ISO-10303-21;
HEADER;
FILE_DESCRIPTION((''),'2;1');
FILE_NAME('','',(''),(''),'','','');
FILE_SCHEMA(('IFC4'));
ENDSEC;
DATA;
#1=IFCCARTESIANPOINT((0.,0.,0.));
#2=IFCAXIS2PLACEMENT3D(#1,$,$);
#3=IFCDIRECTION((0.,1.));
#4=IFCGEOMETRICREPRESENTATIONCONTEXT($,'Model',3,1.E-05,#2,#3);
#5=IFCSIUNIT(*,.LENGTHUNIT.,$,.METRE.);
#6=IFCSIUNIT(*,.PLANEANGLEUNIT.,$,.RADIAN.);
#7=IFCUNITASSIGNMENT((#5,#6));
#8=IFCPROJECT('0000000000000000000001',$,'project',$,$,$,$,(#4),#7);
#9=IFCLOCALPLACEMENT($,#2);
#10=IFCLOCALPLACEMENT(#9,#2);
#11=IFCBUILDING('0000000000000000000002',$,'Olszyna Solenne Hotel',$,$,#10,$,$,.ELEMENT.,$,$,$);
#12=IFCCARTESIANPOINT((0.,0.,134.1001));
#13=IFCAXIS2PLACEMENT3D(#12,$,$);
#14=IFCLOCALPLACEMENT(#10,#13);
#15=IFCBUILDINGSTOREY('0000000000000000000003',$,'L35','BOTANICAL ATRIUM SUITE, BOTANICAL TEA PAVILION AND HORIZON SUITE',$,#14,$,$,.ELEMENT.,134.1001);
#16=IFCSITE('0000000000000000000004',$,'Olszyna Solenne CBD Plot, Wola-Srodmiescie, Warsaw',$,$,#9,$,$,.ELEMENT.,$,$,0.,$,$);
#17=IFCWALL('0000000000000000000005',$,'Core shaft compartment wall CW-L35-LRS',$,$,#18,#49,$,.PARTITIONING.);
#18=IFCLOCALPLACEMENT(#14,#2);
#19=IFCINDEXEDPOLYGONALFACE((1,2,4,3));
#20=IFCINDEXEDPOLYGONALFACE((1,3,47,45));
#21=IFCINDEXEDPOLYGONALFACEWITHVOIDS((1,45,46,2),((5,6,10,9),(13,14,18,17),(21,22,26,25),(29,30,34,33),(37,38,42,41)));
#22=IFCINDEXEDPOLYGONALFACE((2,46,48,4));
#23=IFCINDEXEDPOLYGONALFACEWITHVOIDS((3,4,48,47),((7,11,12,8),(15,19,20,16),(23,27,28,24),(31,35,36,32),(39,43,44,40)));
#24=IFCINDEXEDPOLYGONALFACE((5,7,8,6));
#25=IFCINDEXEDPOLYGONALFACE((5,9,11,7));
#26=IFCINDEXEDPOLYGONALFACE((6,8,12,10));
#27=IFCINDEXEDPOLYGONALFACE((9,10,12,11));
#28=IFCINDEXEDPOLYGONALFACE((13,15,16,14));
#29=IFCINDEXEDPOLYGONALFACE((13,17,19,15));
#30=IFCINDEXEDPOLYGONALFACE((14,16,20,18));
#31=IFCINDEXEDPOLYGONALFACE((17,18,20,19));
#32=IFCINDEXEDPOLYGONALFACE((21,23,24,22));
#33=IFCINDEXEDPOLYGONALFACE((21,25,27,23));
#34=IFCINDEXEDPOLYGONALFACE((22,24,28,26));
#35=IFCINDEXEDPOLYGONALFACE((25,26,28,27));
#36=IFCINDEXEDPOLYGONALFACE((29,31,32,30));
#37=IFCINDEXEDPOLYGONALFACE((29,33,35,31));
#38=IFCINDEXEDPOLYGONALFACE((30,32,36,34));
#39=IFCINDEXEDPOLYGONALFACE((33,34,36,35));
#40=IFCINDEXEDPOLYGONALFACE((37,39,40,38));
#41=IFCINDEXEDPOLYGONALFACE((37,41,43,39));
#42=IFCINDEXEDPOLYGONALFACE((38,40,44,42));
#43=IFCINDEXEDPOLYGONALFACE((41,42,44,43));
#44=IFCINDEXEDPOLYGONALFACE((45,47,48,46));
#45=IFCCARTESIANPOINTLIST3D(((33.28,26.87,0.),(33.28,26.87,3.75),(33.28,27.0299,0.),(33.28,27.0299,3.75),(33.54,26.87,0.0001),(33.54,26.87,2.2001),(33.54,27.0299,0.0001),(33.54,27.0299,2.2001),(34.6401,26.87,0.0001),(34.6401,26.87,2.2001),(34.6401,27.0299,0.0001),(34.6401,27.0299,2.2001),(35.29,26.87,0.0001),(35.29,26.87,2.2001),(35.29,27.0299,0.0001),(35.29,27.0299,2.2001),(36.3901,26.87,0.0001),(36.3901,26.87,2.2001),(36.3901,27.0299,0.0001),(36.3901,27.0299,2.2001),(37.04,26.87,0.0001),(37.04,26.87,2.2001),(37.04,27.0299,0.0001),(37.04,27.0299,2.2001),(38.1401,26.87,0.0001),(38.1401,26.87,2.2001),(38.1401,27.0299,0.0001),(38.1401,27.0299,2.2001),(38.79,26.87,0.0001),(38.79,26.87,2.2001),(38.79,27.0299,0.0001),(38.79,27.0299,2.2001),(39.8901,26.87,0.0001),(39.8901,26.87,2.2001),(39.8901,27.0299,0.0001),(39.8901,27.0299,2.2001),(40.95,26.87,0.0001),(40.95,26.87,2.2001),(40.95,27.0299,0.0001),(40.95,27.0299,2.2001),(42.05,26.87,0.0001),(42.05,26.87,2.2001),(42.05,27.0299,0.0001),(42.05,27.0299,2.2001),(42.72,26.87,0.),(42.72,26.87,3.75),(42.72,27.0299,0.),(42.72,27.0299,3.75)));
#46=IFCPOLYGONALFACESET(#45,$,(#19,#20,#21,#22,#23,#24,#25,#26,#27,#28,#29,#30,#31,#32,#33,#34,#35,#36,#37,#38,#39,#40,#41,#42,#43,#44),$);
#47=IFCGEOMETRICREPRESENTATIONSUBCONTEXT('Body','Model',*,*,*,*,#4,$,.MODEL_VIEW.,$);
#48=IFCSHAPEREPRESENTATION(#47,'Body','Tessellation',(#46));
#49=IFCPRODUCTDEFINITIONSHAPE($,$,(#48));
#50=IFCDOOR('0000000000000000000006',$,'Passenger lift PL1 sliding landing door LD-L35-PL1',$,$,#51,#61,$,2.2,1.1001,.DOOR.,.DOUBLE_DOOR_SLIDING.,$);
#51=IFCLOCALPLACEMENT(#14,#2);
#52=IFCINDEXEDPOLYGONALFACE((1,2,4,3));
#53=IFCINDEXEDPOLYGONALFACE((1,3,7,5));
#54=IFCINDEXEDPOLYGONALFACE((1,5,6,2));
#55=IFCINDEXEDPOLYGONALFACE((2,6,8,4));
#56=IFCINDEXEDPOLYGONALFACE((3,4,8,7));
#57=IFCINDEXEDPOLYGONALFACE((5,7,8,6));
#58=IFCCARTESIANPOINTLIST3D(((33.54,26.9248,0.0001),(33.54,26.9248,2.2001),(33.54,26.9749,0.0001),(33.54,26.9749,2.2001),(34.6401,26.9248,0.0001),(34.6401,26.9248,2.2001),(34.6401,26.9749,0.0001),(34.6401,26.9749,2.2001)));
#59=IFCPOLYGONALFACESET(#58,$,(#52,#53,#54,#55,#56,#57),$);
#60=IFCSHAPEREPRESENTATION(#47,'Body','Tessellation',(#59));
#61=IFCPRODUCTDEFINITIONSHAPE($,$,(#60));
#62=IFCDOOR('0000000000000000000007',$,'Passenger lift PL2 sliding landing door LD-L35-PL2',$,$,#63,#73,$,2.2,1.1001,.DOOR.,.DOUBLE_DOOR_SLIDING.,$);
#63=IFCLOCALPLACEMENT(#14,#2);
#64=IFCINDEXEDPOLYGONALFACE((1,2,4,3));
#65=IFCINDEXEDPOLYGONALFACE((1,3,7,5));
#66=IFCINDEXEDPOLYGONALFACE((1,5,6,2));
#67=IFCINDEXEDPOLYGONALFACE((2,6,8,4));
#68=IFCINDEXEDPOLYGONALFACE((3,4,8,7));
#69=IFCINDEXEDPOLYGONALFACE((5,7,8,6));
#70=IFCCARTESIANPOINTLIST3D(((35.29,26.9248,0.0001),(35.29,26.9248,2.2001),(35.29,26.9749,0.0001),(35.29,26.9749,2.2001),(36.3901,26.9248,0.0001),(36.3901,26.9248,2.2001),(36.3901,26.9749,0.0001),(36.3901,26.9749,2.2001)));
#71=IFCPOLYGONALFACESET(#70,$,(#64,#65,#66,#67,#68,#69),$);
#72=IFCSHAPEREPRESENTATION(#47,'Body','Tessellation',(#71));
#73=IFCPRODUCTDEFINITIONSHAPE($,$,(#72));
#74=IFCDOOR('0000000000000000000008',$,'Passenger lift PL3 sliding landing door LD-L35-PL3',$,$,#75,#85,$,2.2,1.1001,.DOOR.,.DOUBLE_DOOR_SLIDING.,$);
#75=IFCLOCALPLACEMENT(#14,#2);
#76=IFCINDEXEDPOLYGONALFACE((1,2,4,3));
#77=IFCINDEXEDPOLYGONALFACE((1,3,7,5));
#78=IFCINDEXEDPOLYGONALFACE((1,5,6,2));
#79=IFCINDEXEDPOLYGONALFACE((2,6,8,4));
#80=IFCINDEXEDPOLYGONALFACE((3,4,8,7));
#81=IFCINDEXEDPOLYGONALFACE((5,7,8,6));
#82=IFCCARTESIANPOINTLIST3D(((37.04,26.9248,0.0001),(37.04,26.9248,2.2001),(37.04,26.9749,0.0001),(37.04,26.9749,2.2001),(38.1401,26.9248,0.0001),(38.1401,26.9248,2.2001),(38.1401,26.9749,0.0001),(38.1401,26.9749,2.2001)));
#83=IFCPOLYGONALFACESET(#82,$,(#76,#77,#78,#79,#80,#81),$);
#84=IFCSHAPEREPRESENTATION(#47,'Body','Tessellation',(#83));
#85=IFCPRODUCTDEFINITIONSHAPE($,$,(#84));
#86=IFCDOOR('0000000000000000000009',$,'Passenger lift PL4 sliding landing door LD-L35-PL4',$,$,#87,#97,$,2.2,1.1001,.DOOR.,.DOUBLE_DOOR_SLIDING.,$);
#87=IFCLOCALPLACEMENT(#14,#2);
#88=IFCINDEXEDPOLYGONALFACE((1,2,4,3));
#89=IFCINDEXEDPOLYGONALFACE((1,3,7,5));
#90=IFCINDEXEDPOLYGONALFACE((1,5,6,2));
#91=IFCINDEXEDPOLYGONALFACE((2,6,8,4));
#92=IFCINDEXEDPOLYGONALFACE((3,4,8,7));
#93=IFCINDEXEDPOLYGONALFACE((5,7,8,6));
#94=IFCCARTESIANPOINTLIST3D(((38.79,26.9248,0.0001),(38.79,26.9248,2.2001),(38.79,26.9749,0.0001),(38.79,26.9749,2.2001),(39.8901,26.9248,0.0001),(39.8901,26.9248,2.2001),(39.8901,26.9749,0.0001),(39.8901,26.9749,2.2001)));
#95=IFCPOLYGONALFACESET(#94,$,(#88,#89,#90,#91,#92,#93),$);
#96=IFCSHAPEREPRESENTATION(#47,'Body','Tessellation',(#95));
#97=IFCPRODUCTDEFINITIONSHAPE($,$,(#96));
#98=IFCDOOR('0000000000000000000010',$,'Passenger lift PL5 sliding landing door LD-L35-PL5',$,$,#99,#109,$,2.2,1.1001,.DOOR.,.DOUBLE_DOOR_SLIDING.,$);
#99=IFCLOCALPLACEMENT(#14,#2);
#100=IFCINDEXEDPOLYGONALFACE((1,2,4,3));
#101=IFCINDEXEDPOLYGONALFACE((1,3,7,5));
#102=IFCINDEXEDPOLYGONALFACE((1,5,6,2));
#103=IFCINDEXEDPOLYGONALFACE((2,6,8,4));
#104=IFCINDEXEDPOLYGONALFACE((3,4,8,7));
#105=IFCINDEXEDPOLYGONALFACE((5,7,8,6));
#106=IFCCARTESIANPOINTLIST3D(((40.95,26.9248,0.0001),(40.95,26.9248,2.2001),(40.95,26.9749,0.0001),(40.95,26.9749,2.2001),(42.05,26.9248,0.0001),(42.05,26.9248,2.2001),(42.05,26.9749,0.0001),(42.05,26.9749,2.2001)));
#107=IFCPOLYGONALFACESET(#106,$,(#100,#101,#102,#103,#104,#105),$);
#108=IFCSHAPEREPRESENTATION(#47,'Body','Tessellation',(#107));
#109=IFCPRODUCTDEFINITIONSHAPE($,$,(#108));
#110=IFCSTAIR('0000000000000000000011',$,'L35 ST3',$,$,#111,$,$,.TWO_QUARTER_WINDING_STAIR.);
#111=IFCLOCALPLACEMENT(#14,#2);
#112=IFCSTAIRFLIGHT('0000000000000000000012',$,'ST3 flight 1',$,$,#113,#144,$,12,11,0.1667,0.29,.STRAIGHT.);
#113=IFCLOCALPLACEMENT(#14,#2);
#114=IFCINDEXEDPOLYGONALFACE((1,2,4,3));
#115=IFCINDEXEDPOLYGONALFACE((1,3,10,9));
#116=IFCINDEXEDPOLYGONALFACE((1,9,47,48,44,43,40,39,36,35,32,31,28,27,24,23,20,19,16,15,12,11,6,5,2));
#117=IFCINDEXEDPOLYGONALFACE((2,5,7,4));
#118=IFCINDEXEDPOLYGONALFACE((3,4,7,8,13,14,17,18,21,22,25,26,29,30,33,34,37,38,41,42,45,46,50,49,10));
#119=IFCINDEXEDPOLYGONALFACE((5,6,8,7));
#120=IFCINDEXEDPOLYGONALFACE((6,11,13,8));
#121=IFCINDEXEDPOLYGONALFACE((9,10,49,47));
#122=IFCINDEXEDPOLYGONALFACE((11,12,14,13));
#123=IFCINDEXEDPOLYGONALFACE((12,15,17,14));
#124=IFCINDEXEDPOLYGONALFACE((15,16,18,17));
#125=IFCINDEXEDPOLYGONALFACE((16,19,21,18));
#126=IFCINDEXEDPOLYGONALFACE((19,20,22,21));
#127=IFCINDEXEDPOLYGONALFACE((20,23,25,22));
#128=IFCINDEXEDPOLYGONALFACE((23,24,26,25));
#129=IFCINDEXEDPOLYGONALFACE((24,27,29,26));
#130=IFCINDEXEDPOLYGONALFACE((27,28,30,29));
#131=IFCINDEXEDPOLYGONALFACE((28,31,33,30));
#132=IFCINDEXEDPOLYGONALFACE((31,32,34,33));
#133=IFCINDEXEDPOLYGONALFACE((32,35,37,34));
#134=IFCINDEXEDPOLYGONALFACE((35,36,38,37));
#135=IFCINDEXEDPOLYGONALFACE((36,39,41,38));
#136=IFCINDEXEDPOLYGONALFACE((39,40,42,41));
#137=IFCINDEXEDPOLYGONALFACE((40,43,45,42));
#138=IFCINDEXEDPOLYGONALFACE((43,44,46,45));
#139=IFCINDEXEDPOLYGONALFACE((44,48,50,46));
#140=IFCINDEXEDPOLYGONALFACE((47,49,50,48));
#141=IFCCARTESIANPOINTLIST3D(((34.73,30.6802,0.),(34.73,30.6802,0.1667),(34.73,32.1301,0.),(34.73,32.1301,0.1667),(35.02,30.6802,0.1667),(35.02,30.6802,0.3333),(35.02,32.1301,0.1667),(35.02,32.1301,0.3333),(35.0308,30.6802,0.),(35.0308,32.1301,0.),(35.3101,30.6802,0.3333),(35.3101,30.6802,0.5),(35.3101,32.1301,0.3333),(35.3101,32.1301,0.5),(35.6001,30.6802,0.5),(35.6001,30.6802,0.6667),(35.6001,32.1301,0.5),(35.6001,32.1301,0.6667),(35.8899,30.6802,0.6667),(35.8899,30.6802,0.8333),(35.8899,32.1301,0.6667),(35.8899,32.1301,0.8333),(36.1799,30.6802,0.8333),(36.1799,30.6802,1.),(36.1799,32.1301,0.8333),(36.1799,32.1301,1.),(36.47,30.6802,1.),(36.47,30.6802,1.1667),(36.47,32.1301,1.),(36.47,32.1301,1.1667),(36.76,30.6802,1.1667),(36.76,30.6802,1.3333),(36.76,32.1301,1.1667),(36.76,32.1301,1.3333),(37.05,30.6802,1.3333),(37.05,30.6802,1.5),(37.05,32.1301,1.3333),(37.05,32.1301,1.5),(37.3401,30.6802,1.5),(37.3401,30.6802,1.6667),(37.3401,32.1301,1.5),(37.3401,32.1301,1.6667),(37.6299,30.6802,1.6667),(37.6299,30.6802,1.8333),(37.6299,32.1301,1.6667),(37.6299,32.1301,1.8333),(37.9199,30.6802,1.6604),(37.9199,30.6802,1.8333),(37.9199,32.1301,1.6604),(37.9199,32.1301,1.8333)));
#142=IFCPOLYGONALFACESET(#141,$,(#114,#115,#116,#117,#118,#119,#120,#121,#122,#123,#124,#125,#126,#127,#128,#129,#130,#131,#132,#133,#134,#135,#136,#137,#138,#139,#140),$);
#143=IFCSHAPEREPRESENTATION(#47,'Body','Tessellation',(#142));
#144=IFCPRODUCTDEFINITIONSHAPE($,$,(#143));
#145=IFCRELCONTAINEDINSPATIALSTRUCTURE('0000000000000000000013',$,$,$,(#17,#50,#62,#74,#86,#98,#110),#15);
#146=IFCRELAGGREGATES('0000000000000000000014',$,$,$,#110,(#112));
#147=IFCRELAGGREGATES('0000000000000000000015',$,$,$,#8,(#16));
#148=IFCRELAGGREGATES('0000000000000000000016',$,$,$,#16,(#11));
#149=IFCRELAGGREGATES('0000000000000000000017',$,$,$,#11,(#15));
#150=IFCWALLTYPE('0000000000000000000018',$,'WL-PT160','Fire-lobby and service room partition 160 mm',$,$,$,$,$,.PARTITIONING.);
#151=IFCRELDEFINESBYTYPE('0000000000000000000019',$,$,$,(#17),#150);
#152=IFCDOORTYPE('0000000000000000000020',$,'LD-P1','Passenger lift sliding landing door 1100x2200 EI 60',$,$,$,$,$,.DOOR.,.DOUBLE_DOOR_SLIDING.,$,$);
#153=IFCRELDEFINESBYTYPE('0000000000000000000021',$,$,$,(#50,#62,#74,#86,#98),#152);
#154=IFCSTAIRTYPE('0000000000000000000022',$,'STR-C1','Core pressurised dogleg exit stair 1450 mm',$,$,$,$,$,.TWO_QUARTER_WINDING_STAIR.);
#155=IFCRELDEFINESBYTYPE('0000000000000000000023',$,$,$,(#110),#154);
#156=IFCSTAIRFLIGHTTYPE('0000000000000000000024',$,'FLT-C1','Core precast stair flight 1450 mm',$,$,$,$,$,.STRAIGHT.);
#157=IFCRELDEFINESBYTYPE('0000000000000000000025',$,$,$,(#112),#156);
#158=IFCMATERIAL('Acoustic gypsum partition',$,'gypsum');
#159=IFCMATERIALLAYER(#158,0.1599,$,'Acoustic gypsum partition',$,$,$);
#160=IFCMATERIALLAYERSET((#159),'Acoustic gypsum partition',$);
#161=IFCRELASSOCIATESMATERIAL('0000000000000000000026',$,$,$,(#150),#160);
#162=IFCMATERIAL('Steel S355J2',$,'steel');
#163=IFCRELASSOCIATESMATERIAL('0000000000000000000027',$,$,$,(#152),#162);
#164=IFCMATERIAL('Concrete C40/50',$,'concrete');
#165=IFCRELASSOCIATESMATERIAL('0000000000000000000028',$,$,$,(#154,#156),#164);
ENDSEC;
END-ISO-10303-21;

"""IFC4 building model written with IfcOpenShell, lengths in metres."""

from ifc_helpers import new_model, si_unit, direction, frame, frame_2d, origin, place, context, subcontext, project, spatial, polyline, rectangle, outline, extrude, source, transform, mapped, material, layer, layer_set, type_object, type_shapes, element, fill, aggregate, save


model = new_model("IFC4")

# Units and contexts
model_context = context("Model", 3, precision=1e-05, world=origin(), true_north=direction((0.0, 1.0)))
body_context = subcontext(model_context, "Body", "Model", "MODEL_VIEW")
ifc_project = project(units=[si_unit("LENGTHUNIT", "METRE"), si_unit("PLANEANGLEUNIT", "RADIAN")], contexts=[model_context])

# Site, building, storey
site_placement = place(None, origin())
site = spatial("IfcSite", under=ifc_project, at=site_placement, Name="Olszyna Solenne CBD Plot, Wola-Srodmiescie, Warsaw", CompositionType="ELEMENT", RefElevation=0.0)
building_placement = place(site_placement, origin())
building = spatial("IfcBuilding", under=site, at=building_placement, Name="Olszyna Solenne Hotel", CompositionType="ELEMENT")
storey_placement = place(building_placement, frame((0.0, 0.0, 134.1001)))
storey = spatial("IfcBuildingStorey", under=building, at=storey_placement, Name="L35", Description="BOTANICAL ATRIUM SUITE, BOTANICAL TEA PAVILION AND HORIZON SUITE", CompositionType="ELEMENT", Elevation=134.1001)

# Shared definitions
ifc_material_1 = material(Name="Steel S355J2", Category="steel")

# Shared definitions
ifc_material_2 = material(Name="Acoustic gypsum partition", Category="gypsum")
ifc_layer = layer(ifc_material_2, 0.1599, Name="Acoustic gypsum partition")
ifc_layer_set = layer_set([ifc_layer], Name="Acoustic gypsum partition")
wall_type = type_object("IfcWallType", Name="WL-PT160", Description="Fire-lobby and service room partition 160 mm", PredefinedType="PARTITIONING", material=ifc_layer_set)

# Wall, openings, doors
wall_1_placement = place(storey_placement, frame((33.28, 26.95, 0.0), z_axis=(0.0, 0.0, 1.0), x_axis=(1.0, 0.0, 0.0)))
wall_1 = element("IfcWall", 1, at=wall_1_placement, inside=storey, type_object=wall_type, Name="Core shaft compartment wall CW-L35-LRS", PredefinedType="PARTITIONING", context=body_context, shape_type="SweptSolid", body=[
    extrude(rectangle(XDim=9.4399, YDim=0.1599, at=frame_2d((4.72, 0.0))), origin(), (0.0, 0.0, 1.0), 3.75),
])
opening_1_placement = place(wall_1_placement, frame((0.26, 0.0, 0.0)))
opening_1 = element("IfcOpeningElement", 2, at=opening_1_placement, cuts=wall_1, PredefinedType="OPENING", context=body_context, shape_type="SweptSolid", body=[
    extrude(rectangle(XDim=1.1001, YDim=2.2, at=frame_2d((0.55, 1.1001))), frame((0.0, 0.0898, 0.0), z_axis=(0.0, -1.0, 0.0), x_axis=(1.0, 0.0, 0.0)), (0.0, 0.0, 1.0), 0.1799),
])
opening_2_placement = place(wall_1_placement, frame((2.01, 0.0, 0.0)))
opening_2 = element("IfcOpeningElement", 3, at=opening_2_placement, cuts=wall_1, PredefinedType="OPENING", context=body_context, shape_type="SweptSolid", body=[
    extrude(rectangle(XDim=1.1001, YDim=2.2, at=frame_2d((0.55, 1.1001))), frame((0.0, 0.0898, 0.0), z_axis=(0.0, -1.0, 0.0), x_axis=(1.0, 0.0, 0.0)), (0.0, 0.0, 1.0), 0.1799),
])
opening_3_placement = place(wall_1_placement, frame((3.76, 0.0, 0.0)))
opening_3 = element("IfcOpeningElement", 4, at=opening_3_placement, cuts=wall_1, PredefinedType="OPENING", context=body_context, shape_type="SweptSolid", body=[
    extrude(rectangle(XDim=1.1001, YDim=2.2, at=frame_2d((0.55, 1.1001))), frame((0.0, 0.0898, 0.0), z_axis=(0.0, -1.0, 0.0), x_axis=(1.0, 0.0, 0.0)), (0.0, 0.0, 1.0), 0.1799),
])
opening_4_placement = place(wall_1_placement, frame((5.51, 0.0, 0.0)))
opening_4 = element("IfcOpeningElement", 5, at=opening_4_placement, cuts=wall_1, PredefinedType="OPENING", context=body_context, shape_type="SweptSolid", body=[
    extrude(rectangle(XDim=1.1001, YDim=2.2, at=frame_2d((0.55, 1.1001))), frame((0.0, 0.0898, 0.0), z_axis=(0.0, -1.0, 0.0), x_axis=(1.0, 0.0, 0.0)), (0.0, 0.0, 1.0), 0.1799),
])
opening_5_placement = place(wall_1_placement, frame((7.6699, 0.0, 0.0)))
opening_5 = element("IfcOpeningElement", 6, at=opening_5_placement, cuts=wall_1, PredefinedType="OPENING", context=body_context, shape_type="SweptSolid", body=[
    extrude(rectangle(XDim=1.1001, YDim=2.2, at=frame_2d((0.55, 1.1001))), frame((0.0, 0.0898, 0.0), z_axis=(0.0, -1.0, 0.0), x_axis=(1.0, 0.0, 0.0)), (0.0, 0.0, 1.0), 0.1799),
])
door_type_1 = type_object("IfcDoorType", Name="LD-P1", Description="Passenger lift sliding landing door 1100x2200 EI 60", OperationType="DOUBLE_DOOR_SLIDING", PredefinedType="DOOR", material=ifc_material_1)
shared_shape_1 = source(origin(), body_context, "Body", "SweptSolid", [
    extrude(rectangle(XDim=1.1001, YDim=2.2, at=frame_2d((0.55, 1.1001))), frame((0.0, 0.0249, 0.0), z_axis=(0.0, -1.0, 0.0), x_axis=(1.0, 0.0, 0.0)), (0.0, 0.0, 1.0), 0.05),
])
type_shapes(door_type_1, [shared_shape_1])
door_1_placement = place(opening_1_placement, origin())
door_1 = element("IfcDoor", 7, at=door_1_placement, inside=storey, type_object=door_type_1, Name="Passenger lift PL1 sliding landing door LD-L35-PL1", OperationType="DOUBLE_DOOR_SLIDING", OverallHeight=2.2, OverallWidth=1.1001, PredefinedType="DOOR", context=body_context, shape_type="MappedRepresentation", body=[
    mapped(shared_shape_1, transform((0.0, 0.0, 0.0), x_axis=(1.0, 0.0, 0.0), y_axis=(0.0, 1.0, 0.0), z_axis=(0.0, 0.0, 1.0), scale=1.0)),
])
fill(opening_1, door_1)
door_2_placement = place(opening_2_placement, origin())
door_2 = element("IfcDoor", 8, at=door_2_placement, inside=storey, type_object=door_type_1, Name="Passenger lift PL2 sliding landing door LD-L35-PL2", OperationType="DOUBLE_DOOR_SLIDING", OverallHeight=2.2, OverallWidth=1.1001, PredefinedType="DOOR", context=body_context, shape_type="MappedRepresentation", body=[
    mapped(shared_shape_1, transform((0.0, 0.0, 0.0), x_axis=(1.0, 0.0, 0.0), y_axis=(0.0, 1.0, 0.0), z_axis=(0.0, 0.0, 1.0), scale=1.0)),
])
fill(opening_2, door_2)
door_3_placement = place(opening_3_placement, origin())
door_3 = element("IfcDoor", 9, at=door_3_placement, inside=storey, type_object=door_type_1, Name="Passenger lift PL3 sliding landing door LD-L35-PL3", OperationType="DOUBLE_DOOR_SLIDING", OverallHeight=2.2, OverallWidth=1.1001, PredefinedType="DOOR", context=body_context, shape_type="MappedRepresentation", body=[
    mapped(shared_shape_1, transform((0.0, 0.0, 0.0), x_axis=(1.0, 0.0, 0.0), y_axis=(0.0, 1.0, 0.0), z_axis=(0.0, 0.0, 1.0), scale=1.0)),
])
fill(opening_3, door_3)
door_4_placement = place(opening_4_placement, origin())
door_4 = element("IfcDoor", 10, at=door_4_placement, inside=storey, type_object=door_type_1, Name="Passenger lift PL4 sliding landing door LD-L35-PL4", OperationType="DOUBLE_DOOR_SLIDING", OverallHeight=2.2, OverallWidth=1.1001, PredefinedType="DOOR", context=body_context, shape_type="MappedRepresentation", body=[
    mapped(shared_shape_1, transform((0.0, 0.0, 0.0), x_axis=(1.0, 0.0, 0.0), y_axis=(0.0, 1.0, 0.0), z_axis=(0.0, 0.0, 1.0), scale=1.0)),
])
fill(opening_4, door_4)
door_5_placement = place(opening_5_placement, origin())
door_5 = element("IfcDoor", 11, at=door_5_placement, inside=storey, type_object=door_type_1, Name="Passenger lift PL5 sliding landing door LD-L35-PL5", OperationType="DOUBLE_DOOR_SLIDING", OverallHeight=2.2, OverallWidth=1.1001, PredefinedType="DOOR", context=body_context, shape_type="MappedRepresentation", body=[
    mapped(shared_shape_1, transform((0.0, 0.0, 0.0), x_axis=(1.0, 0.0, 0.0), y_axis=(0.0, 1.0, 0.0), z_axis=(0.0, 0.0, 1.0), scale=1.0)),
])
fill(opening_5, door_5)

# Stair, stair flight
ifc_material_3 = material(Name="Concrete C40/50", Category="concrete")
stair_type = type_object("IfcStairType", Name="STR-C1", Description="Core pressurised dogleg exit stair 1450 mm", PredefinedType="TWO_QUARTER_WINDING_STAIR", material=ifc_material_3)
stair_placement = place(storey_placement, origin())
stair = element("IfcStair", 12, at=stair_placement, inside=storey, type_object=stair_type, Name="L35 ST3", PredefinedType="TWO_QUARTER_WINDING_STAIR")
stair_flight_type = type_object("IfcStairFlightType", Name="FLT-C1", Description="Core precast stair flight 1450 mm", PredefinedType="STRAIGHT", material=ifc_material_3)
stair_flight_placement = place(storey_placement, frame((34.73, 31.405, 0.0), z_axis=(0.0, 0.0, 1.0), x_axis=(1.0, 0.0, 0.0)))
stair_flight = element("IfcStairFlight", 13, at=stair_flight_placement, type_object=stair_flight_type, Name="ST3 flight 1", NumberOfRisers=12, NumberOfTreads=11, PredefinedType="STRAIGHT", RiserHeight=0.1667, TreadLength=0.29, context=body_context, shape_type="SweptSolid", body=[
    extrude(outline(polyline([(0.0, 0.0), (0.0, 0.1667), (0.29, 0.1667), (0.29, 0.3333), (0.5801, 0.3333), (0.5801, 0.5), (0.8701, 0.5), (0.8701, 0.6667), (1.1599, 0.6667), (1.1599, 0.8333), (1.45, 0.8333), (1.45, 1.0), (1.74, 1.0), (1.74, 1.1667), (2.03, 1.1667), (2.03, 1.3333), (2.3201, 1.3333), (2.3201, 1.5), (2.6101, 1.5), (2.6101, 1.6667), (2.8999, 1.6667), (2.8999, 1.8333), (3.1899, 1.8333), (3.1899, 2.0), (3.1899, 1.6604), (0.3008, 0.0), (0.0, 0.0)])), frame((0.0, 0.7251, 0.0), z_axis=(0.0, -1.0, 0.0), x_axis=(1.0, 0.0, 0.0)), (0.0, 0.0, 1.0), 1.45),
])
aggregate(stair, [stair_flight])

save(model, "model.ifc")
